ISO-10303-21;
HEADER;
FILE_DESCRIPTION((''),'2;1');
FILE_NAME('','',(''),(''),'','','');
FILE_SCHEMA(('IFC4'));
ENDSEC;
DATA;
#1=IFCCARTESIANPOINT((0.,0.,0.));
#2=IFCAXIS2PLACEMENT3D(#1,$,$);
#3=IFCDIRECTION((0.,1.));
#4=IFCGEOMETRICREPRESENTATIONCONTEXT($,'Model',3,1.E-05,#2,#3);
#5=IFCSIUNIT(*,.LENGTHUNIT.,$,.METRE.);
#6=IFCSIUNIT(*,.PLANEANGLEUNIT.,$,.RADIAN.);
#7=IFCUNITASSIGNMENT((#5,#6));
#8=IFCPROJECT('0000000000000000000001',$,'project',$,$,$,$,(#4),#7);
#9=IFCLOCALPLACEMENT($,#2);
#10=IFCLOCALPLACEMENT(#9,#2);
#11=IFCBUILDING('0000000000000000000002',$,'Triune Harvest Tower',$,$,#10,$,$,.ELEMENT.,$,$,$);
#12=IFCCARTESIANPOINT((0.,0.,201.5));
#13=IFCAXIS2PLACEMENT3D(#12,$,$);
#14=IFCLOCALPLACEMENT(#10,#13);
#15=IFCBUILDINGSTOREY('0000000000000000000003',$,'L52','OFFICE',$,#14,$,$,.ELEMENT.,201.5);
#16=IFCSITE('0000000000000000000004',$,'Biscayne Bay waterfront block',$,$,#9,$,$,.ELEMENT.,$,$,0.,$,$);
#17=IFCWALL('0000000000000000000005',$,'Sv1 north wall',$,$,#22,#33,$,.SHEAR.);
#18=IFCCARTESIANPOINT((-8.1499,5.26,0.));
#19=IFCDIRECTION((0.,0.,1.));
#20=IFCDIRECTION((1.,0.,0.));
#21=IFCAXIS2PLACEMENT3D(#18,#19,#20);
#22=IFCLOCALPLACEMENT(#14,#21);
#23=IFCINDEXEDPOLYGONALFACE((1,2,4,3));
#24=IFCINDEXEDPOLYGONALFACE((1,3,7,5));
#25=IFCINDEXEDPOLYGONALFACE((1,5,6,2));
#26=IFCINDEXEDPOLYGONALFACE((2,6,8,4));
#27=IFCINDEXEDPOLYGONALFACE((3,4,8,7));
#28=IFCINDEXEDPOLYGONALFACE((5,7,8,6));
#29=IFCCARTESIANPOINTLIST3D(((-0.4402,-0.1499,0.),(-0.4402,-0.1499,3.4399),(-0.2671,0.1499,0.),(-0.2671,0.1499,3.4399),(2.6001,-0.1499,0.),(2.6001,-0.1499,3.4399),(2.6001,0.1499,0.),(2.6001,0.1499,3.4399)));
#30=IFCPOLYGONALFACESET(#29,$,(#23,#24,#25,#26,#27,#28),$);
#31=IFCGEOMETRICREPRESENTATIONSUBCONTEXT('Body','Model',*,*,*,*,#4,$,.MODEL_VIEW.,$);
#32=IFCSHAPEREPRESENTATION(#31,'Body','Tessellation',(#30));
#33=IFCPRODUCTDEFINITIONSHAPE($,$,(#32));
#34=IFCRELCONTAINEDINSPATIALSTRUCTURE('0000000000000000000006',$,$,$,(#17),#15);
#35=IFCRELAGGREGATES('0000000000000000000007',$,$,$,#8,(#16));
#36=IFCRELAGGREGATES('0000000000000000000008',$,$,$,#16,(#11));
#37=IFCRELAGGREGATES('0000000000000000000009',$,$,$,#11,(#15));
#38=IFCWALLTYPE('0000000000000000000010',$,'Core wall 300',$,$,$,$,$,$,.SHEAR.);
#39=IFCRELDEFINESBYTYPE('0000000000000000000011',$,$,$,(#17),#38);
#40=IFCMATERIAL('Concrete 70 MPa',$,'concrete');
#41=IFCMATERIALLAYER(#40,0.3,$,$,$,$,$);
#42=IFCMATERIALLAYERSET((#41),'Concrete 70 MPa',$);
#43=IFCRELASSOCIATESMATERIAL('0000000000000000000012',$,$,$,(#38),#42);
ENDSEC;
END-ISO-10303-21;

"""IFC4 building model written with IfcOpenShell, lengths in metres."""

from ifc_helpers import new_model, si_unit, direction, frame, origin, place, context, subcontext, project, spatial, polyline, outline, extrude, source, transform, mapped, material, layer, layer_set, type_object, element, save


model = new_model("IFC4")

# Units and contexts
model_context = context("Model", 3, precision=1e-05, world=origin(), true_north=direction((0.0, 1.0)))
body_context = subcontext(model_context, "Body", "Model", "MODEL_VIEW")
ifc_project = project(units=[si_unit("LENGTHUNIT", "METRE"), si_unit("PLANEANGLEUNIT", "RADIAN")], contexts=[model_context])

# Site, building, storey
site_placement = place(None, origin())
site = spatial("IfcSite", under=ifc_project, at=site_placement, Name="Biscayne Bay waterfront block", CompositionType="ELEMENT", RefElevation=0.0)
building_placement = place(site_placement, origin())
building = spatial("IfcBuilding", under=site, at=building_placement, Name="Triune Harvest Tower", CompositionType="ELEMENT")
storey_placement = place(building_placement, frame((0.0, 0.0, 201.5)))
storey = spatial("IfcBuildingStorey", under=building, at=storey_placement, Name="L52", Description="OFFICE", CompositionType="ELEMENT", Elevation=201.5)

# Shared definitions
ifc_material_1 = material(Name="Concrete 70 MPa", Category="concrete")
ifc_layer_1 = layer(ifc_material_1, 0.3)
ifc_layer_set_1 = layer_set([ifc_layer_1], Name="Concrete 70 MPa")
wall_type_1 = type_object("IfcWallType", Name="Core wall 300", PredefinedType="SHEAR", material=ifc_layer_set_1)

# Wall
shared_shape_1 = source(origin(), body_context, "Body", "SweptSolid", [
    extrude(outline(polyline([(2.6001, -0.1499), (-0.4402, -0.1499), (-0.2671, 0.1499), (2.6001, 0.1499), (2.6001, -0.1499)])), origin(), (0.0, 0.0, 1.0), 3.4399),
])
wall_1_placement = place(storey_placement, frame((-8.1499, 5.26, 0.0), z_axis=(0.0, 0.0, 1.0), x_axis=(1.0, 0.0, 0.0)))
element("IfcWall", 1, at=wall_1_placement, inside=storey, type_object=wall_type_1, Name="Sv1 north wall", PredefinedType="SHEAR", context=body_context, shape_type="MappedRepresentation", body=[
    mapped(shared_shape_1, transform((0.0, 0.0, 0.0), scale=1.0)),
])

save(model, "model.ifc")
